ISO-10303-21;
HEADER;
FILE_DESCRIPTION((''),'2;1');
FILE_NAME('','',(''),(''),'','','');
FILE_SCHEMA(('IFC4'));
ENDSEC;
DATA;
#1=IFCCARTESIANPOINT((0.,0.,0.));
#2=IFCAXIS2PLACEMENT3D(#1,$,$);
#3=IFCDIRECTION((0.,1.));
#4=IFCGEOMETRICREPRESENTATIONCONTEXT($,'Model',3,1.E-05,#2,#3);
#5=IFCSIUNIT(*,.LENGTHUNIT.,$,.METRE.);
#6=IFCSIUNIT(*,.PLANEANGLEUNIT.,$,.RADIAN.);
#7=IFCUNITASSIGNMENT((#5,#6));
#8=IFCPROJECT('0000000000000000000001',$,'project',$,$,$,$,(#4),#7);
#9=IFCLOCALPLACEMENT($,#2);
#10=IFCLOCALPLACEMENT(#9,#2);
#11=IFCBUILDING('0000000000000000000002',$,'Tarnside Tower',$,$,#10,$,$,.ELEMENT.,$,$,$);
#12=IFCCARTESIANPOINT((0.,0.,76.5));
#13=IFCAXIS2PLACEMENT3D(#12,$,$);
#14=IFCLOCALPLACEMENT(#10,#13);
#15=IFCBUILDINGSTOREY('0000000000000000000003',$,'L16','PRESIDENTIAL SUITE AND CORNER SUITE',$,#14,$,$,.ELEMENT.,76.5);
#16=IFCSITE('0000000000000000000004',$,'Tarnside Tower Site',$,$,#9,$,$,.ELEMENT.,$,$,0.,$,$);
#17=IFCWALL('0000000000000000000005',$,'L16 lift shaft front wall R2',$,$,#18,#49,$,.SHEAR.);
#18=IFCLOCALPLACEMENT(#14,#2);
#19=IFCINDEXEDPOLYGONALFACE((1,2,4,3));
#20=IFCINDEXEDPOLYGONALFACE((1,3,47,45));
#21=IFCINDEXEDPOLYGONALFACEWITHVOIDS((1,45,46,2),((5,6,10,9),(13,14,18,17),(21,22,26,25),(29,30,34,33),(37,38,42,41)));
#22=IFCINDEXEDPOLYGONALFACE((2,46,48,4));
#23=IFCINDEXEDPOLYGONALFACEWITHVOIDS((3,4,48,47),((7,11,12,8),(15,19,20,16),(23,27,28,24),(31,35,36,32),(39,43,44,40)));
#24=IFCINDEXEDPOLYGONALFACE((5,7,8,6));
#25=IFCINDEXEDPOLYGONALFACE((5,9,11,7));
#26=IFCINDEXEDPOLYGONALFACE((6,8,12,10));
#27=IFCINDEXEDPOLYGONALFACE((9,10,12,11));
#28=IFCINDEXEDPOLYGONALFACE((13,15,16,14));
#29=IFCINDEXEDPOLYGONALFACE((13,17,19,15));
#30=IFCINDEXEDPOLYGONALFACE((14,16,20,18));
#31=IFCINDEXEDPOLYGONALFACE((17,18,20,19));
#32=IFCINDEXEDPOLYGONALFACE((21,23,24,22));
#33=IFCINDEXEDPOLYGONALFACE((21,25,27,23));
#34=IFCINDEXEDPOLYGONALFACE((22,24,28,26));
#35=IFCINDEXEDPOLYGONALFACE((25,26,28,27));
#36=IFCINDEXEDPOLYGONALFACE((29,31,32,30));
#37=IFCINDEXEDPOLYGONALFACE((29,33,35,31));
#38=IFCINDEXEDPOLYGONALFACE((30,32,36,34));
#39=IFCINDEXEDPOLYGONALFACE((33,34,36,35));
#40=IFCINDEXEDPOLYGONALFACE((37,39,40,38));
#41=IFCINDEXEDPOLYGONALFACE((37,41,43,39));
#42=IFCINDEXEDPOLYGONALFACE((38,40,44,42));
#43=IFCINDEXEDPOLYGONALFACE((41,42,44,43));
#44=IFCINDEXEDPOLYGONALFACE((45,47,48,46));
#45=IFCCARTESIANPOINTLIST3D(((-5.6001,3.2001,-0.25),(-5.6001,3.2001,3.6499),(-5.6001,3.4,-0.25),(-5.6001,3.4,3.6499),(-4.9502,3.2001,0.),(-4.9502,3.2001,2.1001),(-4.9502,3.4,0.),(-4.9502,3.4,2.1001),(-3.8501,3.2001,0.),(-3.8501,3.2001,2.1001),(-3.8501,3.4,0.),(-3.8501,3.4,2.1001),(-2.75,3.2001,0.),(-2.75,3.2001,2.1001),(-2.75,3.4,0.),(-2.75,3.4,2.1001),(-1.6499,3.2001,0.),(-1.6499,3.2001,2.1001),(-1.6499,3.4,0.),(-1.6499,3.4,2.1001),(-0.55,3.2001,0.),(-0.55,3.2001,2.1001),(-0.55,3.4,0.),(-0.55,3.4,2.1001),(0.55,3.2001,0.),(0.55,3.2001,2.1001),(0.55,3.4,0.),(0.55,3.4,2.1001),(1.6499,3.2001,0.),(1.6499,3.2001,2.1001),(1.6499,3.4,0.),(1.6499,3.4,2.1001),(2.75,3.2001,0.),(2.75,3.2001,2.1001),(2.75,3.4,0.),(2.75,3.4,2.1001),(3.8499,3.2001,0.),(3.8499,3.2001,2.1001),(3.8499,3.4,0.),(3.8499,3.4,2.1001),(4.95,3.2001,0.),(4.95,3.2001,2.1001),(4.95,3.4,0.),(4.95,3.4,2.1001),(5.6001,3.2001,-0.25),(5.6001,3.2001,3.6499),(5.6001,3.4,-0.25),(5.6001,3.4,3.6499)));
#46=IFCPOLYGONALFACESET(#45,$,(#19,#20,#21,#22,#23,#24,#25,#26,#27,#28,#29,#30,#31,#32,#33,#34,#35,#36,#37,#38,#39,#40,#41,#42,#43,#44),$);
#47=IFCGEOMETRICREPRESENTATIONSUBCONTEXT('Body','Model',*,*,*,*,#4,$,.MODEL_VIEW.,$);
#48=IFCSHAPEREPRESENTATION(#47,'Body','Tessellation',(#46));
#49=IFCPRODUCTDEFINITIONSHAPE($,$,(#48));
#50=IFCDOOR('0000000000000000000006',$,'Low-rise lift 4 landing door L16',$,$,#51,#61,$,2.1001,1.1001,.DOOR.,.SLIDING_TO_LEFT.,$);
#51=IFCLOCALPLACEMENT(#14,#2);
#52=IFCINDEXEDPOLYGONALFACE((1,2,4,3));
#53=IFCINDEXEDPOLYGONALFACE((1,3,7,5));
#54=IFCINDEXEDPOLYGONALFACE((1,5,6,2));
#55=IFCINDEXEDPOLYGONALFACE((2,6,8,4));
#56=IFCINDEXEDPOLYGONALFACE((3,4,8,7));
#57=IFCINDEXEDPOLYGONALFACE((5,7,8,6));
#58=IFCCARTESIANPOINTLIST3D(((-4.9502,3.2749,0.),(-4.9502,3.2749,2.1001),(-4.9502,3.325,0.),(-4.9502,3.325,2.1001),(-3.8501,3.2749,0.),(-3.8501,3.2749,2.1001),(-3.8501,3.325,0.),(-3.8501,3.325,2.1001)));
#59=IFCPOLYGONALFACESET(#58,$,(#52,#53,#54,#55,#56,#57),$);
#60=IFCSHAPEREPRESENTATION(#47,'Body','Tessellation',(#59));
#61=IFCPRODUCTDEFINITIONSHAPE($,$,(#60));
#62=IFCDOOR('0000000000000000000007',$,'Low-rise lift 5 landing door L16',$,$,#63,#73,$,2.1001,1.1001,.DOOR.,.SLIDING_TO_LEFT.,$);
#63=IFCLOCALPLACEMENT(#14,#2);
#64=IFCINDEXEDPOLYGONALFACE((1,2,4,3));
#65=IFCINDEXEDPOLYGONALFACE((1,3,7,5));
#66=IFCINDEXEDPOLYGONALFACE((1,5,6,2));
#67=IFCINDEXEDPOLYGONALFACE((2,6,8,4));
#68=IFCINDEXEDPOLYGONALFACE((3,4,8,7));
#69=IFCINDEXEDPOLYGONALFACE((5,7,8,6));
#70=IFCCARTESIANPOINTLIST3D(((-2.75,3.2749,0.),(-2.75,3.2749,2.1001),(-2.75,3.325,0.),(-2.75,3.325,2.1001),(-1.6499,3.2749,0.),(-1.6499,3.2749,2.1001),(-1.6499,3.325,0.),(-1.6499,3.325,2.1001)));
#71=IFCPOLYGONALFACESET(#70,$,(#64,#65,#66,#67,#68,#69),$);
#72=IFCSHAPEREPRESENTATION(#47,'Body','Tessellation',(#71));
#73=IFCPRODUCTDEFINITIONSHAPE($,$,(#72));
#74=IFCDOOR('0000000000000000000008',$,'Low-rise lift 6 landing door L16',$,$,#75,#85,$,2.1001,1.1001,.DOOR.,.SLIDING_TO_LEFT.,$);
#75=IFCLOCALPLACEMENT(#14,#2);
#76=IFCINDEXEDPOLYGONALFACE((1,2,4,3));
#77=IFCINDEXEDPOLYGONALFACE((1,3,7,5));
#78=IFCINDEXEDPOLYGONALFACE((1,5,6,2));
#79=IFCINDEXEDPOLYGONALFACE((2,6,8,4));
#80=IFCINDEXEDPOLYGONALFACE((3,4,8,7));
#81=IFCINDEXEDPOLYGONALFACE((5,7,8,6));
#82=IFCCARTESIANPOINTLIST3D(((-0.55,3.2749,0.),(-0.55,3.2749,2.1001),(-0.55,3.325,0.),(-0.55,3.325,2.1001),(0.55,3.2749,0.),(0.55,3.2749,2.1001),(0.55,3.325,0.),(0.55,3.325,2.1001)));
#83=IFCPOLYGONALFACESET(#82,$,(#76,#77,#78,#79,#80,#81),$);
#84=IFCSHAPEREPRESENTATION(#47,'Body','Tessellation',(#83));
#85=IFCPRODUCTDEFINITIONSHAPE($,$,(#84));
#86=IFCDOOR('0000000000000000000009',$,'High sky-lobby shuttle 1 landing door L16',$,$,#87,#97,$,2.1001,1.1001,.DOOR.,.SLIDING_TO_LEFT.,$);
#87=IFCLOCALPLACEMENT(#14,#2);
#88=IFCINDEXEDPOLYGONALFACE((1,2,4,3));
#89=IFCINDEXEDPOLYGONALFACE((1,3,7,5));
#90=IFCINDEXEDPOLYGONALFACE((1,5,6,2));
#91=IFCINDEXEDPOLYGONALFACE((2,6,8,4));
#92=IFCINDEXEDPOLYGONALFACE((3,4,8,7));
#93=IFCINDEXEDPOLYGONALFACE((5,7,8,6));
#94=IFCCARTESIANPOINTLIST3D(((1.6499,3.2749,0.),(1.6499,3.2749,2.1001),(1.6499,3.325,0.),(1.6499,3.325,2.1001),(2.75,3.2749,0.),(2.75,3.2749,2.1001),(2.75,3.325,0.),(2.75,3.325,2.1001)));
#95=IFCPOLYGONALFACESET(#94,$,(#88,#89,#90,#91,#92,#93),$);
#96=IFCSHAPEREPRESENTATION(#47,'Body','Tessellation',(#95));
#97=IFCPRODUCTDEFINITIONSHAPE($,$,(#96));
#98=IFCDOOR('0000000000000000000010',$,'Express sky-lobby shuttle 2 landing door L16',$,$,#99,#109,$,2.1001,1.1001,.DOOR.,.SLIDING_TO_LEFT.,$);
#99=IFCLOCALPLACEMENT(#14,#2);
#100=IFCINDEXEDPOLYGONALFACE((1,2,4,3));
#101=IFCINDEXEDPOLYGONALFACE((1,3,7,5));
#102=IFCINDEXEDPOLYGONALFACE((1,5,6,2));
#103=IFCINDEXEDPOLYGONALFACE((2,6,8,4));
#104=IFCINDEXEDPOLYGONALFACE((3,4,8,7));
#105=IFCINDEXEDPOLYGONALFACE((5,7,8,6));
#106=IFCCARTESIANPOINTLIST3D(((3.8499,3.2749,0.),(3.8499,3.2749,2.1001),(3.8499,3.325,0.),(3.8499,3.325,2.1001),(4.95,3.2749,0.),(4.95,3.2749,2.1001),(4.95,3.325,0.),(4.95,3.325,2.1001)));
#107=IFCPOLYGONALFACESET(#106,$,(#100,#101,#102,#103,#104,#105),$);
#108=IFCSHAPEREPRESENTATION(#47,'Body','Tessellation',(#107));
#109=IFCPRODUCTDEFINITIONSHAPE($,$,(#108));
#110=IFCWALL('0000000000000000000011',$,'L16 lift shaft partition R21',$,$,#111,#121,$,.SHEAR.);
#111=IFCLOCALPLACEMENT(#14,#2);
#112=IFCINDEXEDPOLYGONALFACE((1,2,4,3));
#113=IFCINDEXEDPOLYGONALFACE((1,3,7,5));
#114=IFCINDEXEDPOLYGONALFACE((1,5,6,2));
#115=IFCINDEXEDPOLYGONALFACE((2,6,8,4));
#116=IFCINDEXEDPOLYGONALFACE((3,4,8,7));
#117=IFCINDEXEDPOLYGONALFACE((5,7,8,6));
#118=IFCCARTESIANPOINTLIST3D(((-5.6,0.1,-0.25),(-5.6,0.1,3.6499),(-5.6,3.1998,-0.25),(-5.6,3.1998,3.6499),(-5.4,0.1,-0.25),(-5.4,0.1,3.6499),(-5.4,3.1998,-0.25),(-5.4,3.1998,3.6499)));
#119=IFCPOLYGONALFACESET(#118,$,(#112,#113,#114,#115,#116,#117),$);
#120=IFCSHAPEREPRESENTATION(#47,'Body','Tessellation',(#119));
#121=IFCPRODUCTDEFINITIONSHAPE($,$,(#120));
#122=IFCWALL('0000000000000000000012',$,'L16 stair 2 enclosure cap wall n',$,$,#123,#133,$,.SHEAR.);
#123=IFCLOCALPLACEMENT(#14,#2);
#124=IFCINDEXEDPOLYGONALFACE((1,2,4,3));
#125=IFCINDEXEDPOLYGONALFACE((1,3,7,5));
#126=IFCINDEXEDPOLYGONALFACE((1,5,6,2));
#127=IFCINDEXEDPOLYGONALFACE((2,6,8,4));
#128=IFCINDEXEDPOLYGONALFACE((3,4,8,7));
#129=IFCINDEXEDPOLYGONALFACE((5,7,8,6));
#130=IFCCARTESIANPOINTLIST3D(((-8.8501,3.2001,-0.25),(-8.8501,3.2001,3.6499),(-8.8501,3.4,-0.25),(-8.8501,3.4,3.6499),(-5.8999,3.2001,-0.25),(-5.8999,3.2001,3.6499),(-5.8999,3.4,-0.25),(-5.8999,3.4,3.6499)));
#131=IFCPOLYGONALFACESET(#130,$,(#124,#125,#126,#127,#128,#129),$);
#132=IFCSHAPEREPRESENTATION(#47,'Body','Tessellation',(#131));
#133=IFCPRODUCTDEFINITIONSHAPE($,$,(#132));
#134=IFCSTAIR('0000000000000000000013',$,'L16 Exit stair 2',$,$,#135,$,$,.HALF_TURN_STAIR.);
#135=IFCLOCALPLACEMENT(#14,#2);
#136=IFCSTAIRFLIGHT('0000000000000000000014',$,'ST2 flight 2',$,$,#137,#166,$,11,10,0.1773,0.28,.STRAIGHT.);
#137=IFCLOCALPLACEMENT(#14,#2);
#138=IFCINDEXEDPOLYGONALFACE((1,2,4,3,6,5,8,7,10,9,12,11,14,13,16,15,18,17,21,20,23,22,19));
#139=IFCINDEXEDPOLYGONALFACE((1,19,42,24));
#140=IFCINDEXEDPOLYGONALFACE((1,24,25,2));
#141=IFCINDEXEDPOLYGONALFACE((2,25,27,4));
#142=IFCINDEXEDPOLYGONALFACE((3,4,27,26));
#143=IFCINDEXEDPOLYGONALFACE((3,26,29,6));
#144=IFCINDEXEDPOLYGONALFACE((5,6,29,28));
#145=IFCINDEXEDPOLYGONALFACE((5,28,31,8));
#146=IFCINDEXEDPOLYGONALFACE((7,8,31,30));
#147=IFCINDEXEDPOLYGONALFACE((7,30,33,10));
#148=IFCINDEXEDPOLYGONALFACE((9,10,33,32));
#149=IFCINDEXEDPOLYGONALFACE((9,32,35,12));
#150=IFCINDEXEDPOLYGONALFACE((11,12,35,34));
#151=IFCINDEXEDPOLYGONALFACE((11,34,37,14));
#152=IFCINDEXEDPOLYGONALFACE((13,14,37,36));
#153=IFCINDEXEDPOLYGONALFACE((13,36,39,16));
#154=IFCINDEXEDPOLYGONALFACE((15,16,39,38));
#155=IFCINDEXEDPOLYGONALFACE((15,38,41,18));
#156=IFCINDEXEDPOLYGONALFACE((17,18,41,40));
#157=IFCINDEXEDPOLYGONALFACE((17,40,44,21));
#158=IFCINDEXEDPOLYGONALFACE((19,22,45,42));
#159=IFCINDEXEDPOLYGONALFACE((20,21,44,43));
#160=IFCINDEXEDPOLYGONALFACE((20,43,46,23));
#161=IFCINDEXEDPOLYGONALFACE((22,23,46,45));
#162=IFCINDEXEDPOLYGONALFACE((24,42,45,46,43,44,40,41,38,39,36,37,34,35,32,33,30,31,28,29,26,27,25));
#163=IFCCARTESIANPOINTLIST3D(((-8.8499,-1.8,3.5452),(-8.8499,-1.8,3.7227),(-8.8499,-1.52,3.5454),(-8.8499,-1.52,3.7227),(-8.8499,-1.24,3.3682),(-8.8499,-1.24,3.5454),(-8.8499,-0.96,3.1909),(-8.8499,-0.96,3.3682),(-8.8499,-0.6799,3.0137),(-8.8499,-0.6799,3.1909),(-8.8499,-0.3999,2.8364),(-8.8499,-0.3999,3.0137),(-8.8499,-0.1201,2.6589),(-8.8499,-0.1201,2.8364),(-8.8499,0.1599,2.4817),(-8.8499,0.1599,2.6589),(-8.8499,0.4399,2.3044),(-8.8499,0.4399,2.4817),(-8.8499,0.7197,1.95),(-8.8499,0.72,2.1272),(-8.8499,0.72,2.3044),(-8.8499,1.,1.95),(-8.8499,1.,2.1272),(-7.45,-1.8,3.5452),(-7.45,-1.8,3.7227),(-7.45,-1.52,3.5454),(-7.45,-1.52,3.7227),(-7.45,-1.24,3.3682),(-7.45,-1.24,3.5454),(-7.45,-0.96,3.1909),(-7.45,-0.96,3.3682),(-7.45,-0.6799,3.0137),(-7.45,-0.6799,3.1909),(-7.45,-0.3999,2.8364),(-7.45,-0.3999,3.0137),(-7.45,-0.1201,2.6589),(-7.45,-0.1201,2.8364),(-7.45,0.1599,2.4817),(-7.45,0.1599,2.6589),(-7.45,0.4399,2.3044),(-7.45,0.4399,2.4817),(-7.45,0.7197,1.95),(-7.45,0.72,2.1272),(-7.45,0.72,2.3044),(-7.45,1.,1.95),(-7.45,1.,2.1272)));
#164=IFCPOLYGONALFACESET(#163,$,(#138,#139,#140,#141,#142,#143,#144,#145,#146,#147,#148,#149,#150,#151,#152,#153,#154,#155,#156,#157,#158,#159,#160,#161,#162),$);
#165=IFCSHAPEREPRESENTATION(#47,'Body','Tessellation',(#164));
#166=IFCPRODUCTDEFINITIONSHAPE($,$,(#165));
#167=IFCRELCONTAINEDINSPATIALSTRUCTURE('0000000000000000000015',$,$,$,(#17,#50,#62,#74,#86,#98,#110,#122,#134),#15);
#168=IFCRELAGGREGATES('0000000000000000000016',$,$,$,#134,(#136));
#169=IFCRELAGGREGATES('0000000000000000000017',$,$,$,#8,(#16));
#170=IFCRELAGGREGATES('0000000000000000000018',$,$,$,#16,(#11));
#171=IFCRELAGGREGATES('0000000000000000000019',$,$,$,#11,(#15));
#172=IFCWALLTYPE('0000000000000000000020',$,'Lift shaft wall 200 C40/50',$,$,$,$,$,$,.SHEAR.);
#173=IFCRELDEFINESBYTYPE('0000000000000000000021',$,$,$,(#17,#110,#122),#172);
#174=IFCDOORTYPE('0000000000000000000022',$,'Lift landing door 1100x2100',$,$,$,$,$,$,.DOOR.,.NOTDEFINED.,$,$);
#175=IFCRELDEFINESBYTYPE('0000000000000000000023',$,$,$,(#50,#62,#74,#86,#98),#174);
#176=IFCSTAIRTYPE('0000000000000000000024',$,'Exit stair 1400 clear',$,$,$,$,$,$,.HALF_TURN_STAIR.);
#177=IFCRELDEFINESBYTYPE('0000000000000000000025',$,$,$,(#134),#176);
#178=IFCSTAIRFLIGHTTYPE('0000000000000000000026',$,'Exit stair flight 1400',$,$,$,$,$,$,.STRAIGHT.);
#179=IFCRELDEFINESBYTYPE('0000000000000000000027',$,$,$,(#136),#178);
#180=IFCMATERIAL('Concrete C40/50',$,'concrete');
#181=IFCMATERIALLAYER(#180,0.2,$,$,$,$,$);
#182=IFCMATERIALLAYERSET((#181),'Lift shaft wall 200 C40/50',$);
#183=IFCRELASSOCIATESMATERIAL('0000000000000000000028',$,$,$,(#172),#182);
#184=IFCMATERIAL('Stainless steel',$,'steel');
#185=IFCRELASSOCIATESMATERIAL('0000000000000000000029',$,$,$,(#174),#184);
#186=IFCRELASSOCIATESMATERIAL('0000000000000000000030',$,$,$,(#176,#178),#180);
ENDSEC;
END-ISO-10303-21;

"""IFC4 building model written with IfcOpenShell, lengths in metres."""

from ifc_helpers import new_model, si_unit, direction, frame, frame_2d, origin, place, context, subcontext, project, spatial, polyline, rectangle, outline, extrude, material, layer, layer_set, type_object, element, fill, aggregate, save


model = new_model("IFC4")

# Units and contexts
model_context = context("Model", 3, precision=1e-05, world=origin(), true_north=direction((0.0, 1.0)))
body_context = subcontext(model_context, "Body", "Model", "MODEL_VIEW")
ifc_project = project(units=[si_unit("LENGTHUNIT", "METRE"), si_unit("PLANEANGLEUNIT", "RADIAN")], contexts=[model_context])

# Site, building, storey
site_placement = place(None, origin())
site = spatial("IfcSite", under=ifc_project, at=site_placement, Name="Tarnside Tower Site", CompositionType="ELEMENT", RefElevation=0.0)
building_placement = place(site_placement, origin())
building = spatial("IfcBuilding", under=site, at=building_placement, Name="Tarnside Tower", CompositionType="ELEMENT")
storey_placement = place(building_placement, frame((0.0, 0.0, 76.5)))
storey = spatial("IfcBuildingStorey", under=building, at=storey_placement, Name="L16", Description="PRESIDENTIAL SUITE AND CORNER SUITE", CompositionType="ELEMENT", Elevation=76.5)

# Shared definitions
ifc_material_1 = material(Name="Concrete C40/50", Category="concrete")

# Shared definitions
ifc_layer_1 = layer(ifc_material_1, 0.2)
ifc_layer_set_1 = layer_set([ifc_layer_1], Name="Lift shaft wall 200 C40/50")
wall_type_1 = type_object("IfcWallType", Name="Lift shaft wall 200 C40/50", PredefinedType="SHEAR", material=ifc_layer_set_1)
ifc_material_2 = material(Name="Stainless steel", Category="steel")
door_type_1 = type_object("IfcDoorType", Name="Lift landing door 1100x2100", OperationType="NOTDEFINED", PredefinedType="DOOR", material=ifc_material_2)

# Wall, openings, doors
wall_1_placement = place(storey_placement, frame((-5.6001, 3.3, -0.25), z_axis=(0.0, 0.0, 1.0), x_axis=(1.0, 0.0, 0.0)))
wall_1 = element("IfcWall", 1, at=wall_1_placement, inside=storey, type_object=wall_type_1, Name="L16 lift shaft front wall R2", PredefinedType="SHEAR", context=body_context, shape_type="SweptSolid", body=[
    extrude(rectangle(XDim=11.2002, YDim=0.2, at=frame_2d((5.6001, 0.0))), origin(), (0.0, 0.0, 1.0), 3.8999),
])
opening_1_placement = place(wall_1_placement, frame((0.6499, 0.0, 0.25)))
opening_1 = element("IfcOpeningElement", 2, at=opening_1_placement, cuts=wall_1, PredefinedType="OPENING", context=body_context, shape_type="SweptSolid", body=[
    extrude(rectangle(XDim=1.1001, YDim=2.1001, at=frame_2d((0.55, 1.05))), frame((0.0, 0.1099, 0.0), z_axis=(0.0, -1.0, 0.0), x_axis=(1.0, 0.0, 0.0)), (0.0, 0.0, 1.0), 0.22),
])
opening_2_placement = place(wall_1_placement, frame((2.8501, 0.0, 0.25)))
opening_2 = element("IfcOpeningElement", 3, at=opening_2_placement, cuts=wall_1, PredefinedType="OPENING", context=body_context, shape_type="SweptSolid", body=[
    extrude(rectangle(XDim=1.1001, YDim=2.1001, at=frame_2d((0.55, 1.05))), frame((0.0, 0.1099, 0.0), z_axis=(0.0, -1.0, 0.0), x_axis=(1.0, 0.0, 0.0)), (0.0, 0.0, 1.0), 0.22),
])
opening_3_placement = place(wall_1_placement, frame((5.05, 0.0, 0.25)))
opening_3 = element("IfcOpeningElement", 4, at=opening_3_placement, cuts=wall_1, PredefinedType="OPENING", context=body_context, shape_type="SweptSolid", body=[
    extrude(rectangle(XDim=1.1001, YDim=2.1001, at=frame_2d((0.55, 1.05))), frame((0.0, 0.1099, 0.0), z_axis=(0.0, -1.0, 0.0), x_axis=(1.0, 0.0, 0.0)), (0.0, 0.0, 1.0), 0.22),
])
opening_4_placement = place(wall_1_placement, frame((7.25, 0.0, 0.25)))
opening_4 = element("IfcOpeningElement", 5, at=opening_4_placement, cuts=wall_1, PredefinedType="OPENING", context=body_context, shape_type="SweptSolid", body=[
    extrude(rectangle(XDim=1.1001, YDim=2.1001, at=frame_2d((0.55, 1.05))), frame((0.0, 0.1099, 0.0), z_axis=(0.0, -1.0, 0.0), x_axis=(1.0, 0.0, 0.0)), (0.0, 0.0, 1.0), 0.22),
])
opening_5_placement = place(wall_1_placement, frame((9.45, 0.0, 0.25)))
opening_5 = element("IfcOpeningElement", 6, at=opening_5_placement, cuts=wall_1, PredefinedType="OPENING", context=body_context, shape_type="SweptSolid", body=[
    extrude(rectangle(XDim=1.1001, YDim=2.1001, at=frame_2d((0.55, 1.05))), frame((0.0, 0.1099, 0.0), z_axis=(0.0, -1.0, 0.0), x_axis=(1.0, 0.0, 0.0)), (0.0, 0.0, 1.0), 0.22),
])
door_1_placement = place(opening_1_placement, origin())
door_1 = element("IfcDoor", 7, at=door_1_placement, inside=storey, type_object=door_type_1, Name="Low-rise lift 4 landing door L16", OperationType="SLIDING_TO_LEFT", OverallHeight=2.1001, OverallWidth=1.1001, PredefinedType="DOOR", context=body_context, shape_type="SweptSolid", body=[
    extrude(rectangle(XDim=1.1001, YDim=2.1001, at=frame_2d((0.55, 1.05))), frame((0.0, 0.0249, 0.0), z_axis=(0.0, -1.0, 0.0), x_axis=(1.0, 0.0, 0.0)), (0.0, 0.0, 1.0), 0.05),
])
fill(opening_1, door_1)
door_2_placement = place(opening_2_placement, origin())
door_2 = element("IfcDoor", 8, at=door_2_placement, inside=storey, type_object=door_type_1, Name="Low-rise lift 5 landing door L16", OperationType="SLIDING_TO_LEFT", OverallHeight=2.1001, OverallWidth=1.1001, PredefinedType="DOOR", context=body_context, shape_type="SweptSolid", body=[
    extrude(rectangle(XDim=1.1001, YDim=2.1001, at=frame_2d((0.55, 1.05))), frame((0.0, 0.0249, 0.0), z_axis=(0.0, -1.0, 0.0), x_axis=(1.0, 0.0, 0.0)), (0.0, 0.0, 1.0), 0.05),
])
fill(opening_2, door_2)
door_3_placement = place(opening_3_placement, origin())
door_3 = element("IfcDoor", 9, at=door_3_placement, inside=storey, type_object=door_type_1, Name="Low-rise lift 6 landing door L16", OperationType="SLIDING_TO_LEFT", OverallHeight=2.1001, OverallWidth=1.1001, PredefinedType="DOOR", context=body_context, shape_type="SweptSolid", body=[
    extrude(rectangle(XDim=1.1001, YDim=2.1001, at=frame_2d((0.55, 1.05))), frame((0.0, 0.0249, 0.0), z_axis=(0.0, -1.0, 0.0), x_axis=(1.0, 0.0, 0.0)), (0.0, 0.0, 1.0), 0.05),
])
fill(opening_3, door_3)
door_4_placement = place(opening_4_placement, origin())
door_4 = element("IfcDoor", 10, at=door_4_placement, inside=storey, type_object=door_type_1, Name="High sky-lobby shuttle 1 landing door L16", OperationType="SLIDING_TO_LEFT", OverallHeight=2.1001, OverallWidth=1.1001, PredefinedType="DOOR", context=body_context, shape_type="SweptSolid", body=[
    extrude(rectangle(XDim=1.1001, YDim=2.1001, at=frame_2d((0.55, 1.05))), frame((0.0, 0.0249, 0.0), z_axis=(0.0, -1.0, 0.0), x_axis=(1.0, 0.0, 0.0)), (0.0, 0.0, 1.0), 0.05),
])
fill(opening_4, door_4)
door_5_placement = place(opening_5_placement, origin())
door_5 = element("IfcDoor", 11, at=door_5_placement, inside=storey, type_object=door_type_1, Name="Express sky-lobby shuttle 2 landing door L16", OperationType="SLIDING_TO_LEFT", OverallHeight=2.1001, OverallWidth=1.1001, PredefinedType="DOOR", context=body_context, shape_type="SweptSolid", body=[
    extrude(rectangle(XDim=1.1001, YDim=2.1001, at=frame_2d((0.55, 1.05))), frame((0.0, 0.0249, 0.0), z_axis=(0.0, -1.0, 0.0), x_axis=(1.0, 0.0, 0.0)), (0.0, 0.0, 1.0), 0.05),
])
fill(opening_5, door_5)

# Walls
wall_2_placement = place(storey_placement, frame((-5.5, 0.1001, -0.25), z_axis=(0.0, 0.0, 1.0), x_axis=(0.0, 1.0, 0.0)))
element("IfcWall", 12, at=wall_2_placement, inside=storey, type_object=wall_type_1, Name="L16 lift shaft partition R21", PredefinedType="SHEAR", context=body_context, shape_type="SweptSolid", body=[
    extrude(rectangle(XDim=3.0999, YDim=0.2, at=frame_2d((1.5498, 0.0))), origin(), (0.0, 0.0, 1.0), 3.8999),
])
wall_3_placement = place(storey_placement, frame((-8.8501, 3.3, -0.25), z_axis=(0.0, 0.0, 1.0), x_axis=(1.0, 0.0, 0.0)))
element("IfcWall", 13, at=wall_3_placement, inside=storey, type_object=wall_type_1, Name="L16 stair 2 enclosure cap wall n", PredefinedType="SHEAR", context=body_context, shape_type="SweptSolid", body=[
    extrude(rectangle(XDim=2.9502, YDim=0.2, at=frame_2d((1.4751, 0.0))), origin(), (0.0, 0.0, 1.0), 3.8999),
])

# Stair, stair flight
stair_type = type_object("IfcStairType", Name="Exit stair 1400 clear", PredefinedType="HALF_TURN_STAIR", material=ifc_material_1)
stair_placement = place(storey_placement, origin())
stair = element("IfcStair", 14, at=stair_placement, inside=storey, type_object=stair_type, Name="L16 Exit stair 2", PredefinedType="HALF_TURN_STAIR")
stair_flight_type = type_object("IfcStairFlightType", Name="Exit stair flight 1400", PredefinedType="STRAIGHT", material=ifc_material_1)
stair_flight_placement = place(storey_placement, frame((-8.1499, 1.0, 1.95), z_axis=(0.0, 0.0, 1.0), x_axis=(0.0, -1.0, 0.0)))
stair_flight = element("IfcStairFlight", 15, at=stair_flight_placement, type_object=stair_flight_type, Name="ST2 flight 2", NumberOfRisers=11, NumberOfTreads=10, PredefinedType="STRAIGHT", RiserHeight=0.1773, TreadLength=0.28, context=body_context, shape_type="SweptSolid", body=[
    extrude(outline(polyline([(0.0, 0.0), (0.0, 0.1772), (0.28, 0.1772), (0.28, 0.3545), (0.5601, 0.3545), (0.5601, 0.5317), (0.8401, 0.5317), (0.8401, 0.709), (1.1201, 0.709), (1.1201, 0.8865), (1.3999, 0.8865), (1.3999, 1.0637), (1.6799, 1.0637), (1.6799, 1.241), (1.96, 1.241), (1.96, 1.4182), (2.24, 1.4182), (2.24, 1.5955), (2.52, 1.5955), (2.52, 1.7727), (2.8, 1.7727), (2.8, 1.95), (2.8, 1.5952), (0.2803, 0.0), (0.0, 0.0)])), frame((0.0, 0.7, 0.0), z_axis=(0.0, -1.0, 0.0), x_axis=(1.0, 0.0, 0.0)), (0.0, 0.0, 1.0), 1.3999),
])
aggregate(stair, [stair_flight])

save(model, "model.ifc")
